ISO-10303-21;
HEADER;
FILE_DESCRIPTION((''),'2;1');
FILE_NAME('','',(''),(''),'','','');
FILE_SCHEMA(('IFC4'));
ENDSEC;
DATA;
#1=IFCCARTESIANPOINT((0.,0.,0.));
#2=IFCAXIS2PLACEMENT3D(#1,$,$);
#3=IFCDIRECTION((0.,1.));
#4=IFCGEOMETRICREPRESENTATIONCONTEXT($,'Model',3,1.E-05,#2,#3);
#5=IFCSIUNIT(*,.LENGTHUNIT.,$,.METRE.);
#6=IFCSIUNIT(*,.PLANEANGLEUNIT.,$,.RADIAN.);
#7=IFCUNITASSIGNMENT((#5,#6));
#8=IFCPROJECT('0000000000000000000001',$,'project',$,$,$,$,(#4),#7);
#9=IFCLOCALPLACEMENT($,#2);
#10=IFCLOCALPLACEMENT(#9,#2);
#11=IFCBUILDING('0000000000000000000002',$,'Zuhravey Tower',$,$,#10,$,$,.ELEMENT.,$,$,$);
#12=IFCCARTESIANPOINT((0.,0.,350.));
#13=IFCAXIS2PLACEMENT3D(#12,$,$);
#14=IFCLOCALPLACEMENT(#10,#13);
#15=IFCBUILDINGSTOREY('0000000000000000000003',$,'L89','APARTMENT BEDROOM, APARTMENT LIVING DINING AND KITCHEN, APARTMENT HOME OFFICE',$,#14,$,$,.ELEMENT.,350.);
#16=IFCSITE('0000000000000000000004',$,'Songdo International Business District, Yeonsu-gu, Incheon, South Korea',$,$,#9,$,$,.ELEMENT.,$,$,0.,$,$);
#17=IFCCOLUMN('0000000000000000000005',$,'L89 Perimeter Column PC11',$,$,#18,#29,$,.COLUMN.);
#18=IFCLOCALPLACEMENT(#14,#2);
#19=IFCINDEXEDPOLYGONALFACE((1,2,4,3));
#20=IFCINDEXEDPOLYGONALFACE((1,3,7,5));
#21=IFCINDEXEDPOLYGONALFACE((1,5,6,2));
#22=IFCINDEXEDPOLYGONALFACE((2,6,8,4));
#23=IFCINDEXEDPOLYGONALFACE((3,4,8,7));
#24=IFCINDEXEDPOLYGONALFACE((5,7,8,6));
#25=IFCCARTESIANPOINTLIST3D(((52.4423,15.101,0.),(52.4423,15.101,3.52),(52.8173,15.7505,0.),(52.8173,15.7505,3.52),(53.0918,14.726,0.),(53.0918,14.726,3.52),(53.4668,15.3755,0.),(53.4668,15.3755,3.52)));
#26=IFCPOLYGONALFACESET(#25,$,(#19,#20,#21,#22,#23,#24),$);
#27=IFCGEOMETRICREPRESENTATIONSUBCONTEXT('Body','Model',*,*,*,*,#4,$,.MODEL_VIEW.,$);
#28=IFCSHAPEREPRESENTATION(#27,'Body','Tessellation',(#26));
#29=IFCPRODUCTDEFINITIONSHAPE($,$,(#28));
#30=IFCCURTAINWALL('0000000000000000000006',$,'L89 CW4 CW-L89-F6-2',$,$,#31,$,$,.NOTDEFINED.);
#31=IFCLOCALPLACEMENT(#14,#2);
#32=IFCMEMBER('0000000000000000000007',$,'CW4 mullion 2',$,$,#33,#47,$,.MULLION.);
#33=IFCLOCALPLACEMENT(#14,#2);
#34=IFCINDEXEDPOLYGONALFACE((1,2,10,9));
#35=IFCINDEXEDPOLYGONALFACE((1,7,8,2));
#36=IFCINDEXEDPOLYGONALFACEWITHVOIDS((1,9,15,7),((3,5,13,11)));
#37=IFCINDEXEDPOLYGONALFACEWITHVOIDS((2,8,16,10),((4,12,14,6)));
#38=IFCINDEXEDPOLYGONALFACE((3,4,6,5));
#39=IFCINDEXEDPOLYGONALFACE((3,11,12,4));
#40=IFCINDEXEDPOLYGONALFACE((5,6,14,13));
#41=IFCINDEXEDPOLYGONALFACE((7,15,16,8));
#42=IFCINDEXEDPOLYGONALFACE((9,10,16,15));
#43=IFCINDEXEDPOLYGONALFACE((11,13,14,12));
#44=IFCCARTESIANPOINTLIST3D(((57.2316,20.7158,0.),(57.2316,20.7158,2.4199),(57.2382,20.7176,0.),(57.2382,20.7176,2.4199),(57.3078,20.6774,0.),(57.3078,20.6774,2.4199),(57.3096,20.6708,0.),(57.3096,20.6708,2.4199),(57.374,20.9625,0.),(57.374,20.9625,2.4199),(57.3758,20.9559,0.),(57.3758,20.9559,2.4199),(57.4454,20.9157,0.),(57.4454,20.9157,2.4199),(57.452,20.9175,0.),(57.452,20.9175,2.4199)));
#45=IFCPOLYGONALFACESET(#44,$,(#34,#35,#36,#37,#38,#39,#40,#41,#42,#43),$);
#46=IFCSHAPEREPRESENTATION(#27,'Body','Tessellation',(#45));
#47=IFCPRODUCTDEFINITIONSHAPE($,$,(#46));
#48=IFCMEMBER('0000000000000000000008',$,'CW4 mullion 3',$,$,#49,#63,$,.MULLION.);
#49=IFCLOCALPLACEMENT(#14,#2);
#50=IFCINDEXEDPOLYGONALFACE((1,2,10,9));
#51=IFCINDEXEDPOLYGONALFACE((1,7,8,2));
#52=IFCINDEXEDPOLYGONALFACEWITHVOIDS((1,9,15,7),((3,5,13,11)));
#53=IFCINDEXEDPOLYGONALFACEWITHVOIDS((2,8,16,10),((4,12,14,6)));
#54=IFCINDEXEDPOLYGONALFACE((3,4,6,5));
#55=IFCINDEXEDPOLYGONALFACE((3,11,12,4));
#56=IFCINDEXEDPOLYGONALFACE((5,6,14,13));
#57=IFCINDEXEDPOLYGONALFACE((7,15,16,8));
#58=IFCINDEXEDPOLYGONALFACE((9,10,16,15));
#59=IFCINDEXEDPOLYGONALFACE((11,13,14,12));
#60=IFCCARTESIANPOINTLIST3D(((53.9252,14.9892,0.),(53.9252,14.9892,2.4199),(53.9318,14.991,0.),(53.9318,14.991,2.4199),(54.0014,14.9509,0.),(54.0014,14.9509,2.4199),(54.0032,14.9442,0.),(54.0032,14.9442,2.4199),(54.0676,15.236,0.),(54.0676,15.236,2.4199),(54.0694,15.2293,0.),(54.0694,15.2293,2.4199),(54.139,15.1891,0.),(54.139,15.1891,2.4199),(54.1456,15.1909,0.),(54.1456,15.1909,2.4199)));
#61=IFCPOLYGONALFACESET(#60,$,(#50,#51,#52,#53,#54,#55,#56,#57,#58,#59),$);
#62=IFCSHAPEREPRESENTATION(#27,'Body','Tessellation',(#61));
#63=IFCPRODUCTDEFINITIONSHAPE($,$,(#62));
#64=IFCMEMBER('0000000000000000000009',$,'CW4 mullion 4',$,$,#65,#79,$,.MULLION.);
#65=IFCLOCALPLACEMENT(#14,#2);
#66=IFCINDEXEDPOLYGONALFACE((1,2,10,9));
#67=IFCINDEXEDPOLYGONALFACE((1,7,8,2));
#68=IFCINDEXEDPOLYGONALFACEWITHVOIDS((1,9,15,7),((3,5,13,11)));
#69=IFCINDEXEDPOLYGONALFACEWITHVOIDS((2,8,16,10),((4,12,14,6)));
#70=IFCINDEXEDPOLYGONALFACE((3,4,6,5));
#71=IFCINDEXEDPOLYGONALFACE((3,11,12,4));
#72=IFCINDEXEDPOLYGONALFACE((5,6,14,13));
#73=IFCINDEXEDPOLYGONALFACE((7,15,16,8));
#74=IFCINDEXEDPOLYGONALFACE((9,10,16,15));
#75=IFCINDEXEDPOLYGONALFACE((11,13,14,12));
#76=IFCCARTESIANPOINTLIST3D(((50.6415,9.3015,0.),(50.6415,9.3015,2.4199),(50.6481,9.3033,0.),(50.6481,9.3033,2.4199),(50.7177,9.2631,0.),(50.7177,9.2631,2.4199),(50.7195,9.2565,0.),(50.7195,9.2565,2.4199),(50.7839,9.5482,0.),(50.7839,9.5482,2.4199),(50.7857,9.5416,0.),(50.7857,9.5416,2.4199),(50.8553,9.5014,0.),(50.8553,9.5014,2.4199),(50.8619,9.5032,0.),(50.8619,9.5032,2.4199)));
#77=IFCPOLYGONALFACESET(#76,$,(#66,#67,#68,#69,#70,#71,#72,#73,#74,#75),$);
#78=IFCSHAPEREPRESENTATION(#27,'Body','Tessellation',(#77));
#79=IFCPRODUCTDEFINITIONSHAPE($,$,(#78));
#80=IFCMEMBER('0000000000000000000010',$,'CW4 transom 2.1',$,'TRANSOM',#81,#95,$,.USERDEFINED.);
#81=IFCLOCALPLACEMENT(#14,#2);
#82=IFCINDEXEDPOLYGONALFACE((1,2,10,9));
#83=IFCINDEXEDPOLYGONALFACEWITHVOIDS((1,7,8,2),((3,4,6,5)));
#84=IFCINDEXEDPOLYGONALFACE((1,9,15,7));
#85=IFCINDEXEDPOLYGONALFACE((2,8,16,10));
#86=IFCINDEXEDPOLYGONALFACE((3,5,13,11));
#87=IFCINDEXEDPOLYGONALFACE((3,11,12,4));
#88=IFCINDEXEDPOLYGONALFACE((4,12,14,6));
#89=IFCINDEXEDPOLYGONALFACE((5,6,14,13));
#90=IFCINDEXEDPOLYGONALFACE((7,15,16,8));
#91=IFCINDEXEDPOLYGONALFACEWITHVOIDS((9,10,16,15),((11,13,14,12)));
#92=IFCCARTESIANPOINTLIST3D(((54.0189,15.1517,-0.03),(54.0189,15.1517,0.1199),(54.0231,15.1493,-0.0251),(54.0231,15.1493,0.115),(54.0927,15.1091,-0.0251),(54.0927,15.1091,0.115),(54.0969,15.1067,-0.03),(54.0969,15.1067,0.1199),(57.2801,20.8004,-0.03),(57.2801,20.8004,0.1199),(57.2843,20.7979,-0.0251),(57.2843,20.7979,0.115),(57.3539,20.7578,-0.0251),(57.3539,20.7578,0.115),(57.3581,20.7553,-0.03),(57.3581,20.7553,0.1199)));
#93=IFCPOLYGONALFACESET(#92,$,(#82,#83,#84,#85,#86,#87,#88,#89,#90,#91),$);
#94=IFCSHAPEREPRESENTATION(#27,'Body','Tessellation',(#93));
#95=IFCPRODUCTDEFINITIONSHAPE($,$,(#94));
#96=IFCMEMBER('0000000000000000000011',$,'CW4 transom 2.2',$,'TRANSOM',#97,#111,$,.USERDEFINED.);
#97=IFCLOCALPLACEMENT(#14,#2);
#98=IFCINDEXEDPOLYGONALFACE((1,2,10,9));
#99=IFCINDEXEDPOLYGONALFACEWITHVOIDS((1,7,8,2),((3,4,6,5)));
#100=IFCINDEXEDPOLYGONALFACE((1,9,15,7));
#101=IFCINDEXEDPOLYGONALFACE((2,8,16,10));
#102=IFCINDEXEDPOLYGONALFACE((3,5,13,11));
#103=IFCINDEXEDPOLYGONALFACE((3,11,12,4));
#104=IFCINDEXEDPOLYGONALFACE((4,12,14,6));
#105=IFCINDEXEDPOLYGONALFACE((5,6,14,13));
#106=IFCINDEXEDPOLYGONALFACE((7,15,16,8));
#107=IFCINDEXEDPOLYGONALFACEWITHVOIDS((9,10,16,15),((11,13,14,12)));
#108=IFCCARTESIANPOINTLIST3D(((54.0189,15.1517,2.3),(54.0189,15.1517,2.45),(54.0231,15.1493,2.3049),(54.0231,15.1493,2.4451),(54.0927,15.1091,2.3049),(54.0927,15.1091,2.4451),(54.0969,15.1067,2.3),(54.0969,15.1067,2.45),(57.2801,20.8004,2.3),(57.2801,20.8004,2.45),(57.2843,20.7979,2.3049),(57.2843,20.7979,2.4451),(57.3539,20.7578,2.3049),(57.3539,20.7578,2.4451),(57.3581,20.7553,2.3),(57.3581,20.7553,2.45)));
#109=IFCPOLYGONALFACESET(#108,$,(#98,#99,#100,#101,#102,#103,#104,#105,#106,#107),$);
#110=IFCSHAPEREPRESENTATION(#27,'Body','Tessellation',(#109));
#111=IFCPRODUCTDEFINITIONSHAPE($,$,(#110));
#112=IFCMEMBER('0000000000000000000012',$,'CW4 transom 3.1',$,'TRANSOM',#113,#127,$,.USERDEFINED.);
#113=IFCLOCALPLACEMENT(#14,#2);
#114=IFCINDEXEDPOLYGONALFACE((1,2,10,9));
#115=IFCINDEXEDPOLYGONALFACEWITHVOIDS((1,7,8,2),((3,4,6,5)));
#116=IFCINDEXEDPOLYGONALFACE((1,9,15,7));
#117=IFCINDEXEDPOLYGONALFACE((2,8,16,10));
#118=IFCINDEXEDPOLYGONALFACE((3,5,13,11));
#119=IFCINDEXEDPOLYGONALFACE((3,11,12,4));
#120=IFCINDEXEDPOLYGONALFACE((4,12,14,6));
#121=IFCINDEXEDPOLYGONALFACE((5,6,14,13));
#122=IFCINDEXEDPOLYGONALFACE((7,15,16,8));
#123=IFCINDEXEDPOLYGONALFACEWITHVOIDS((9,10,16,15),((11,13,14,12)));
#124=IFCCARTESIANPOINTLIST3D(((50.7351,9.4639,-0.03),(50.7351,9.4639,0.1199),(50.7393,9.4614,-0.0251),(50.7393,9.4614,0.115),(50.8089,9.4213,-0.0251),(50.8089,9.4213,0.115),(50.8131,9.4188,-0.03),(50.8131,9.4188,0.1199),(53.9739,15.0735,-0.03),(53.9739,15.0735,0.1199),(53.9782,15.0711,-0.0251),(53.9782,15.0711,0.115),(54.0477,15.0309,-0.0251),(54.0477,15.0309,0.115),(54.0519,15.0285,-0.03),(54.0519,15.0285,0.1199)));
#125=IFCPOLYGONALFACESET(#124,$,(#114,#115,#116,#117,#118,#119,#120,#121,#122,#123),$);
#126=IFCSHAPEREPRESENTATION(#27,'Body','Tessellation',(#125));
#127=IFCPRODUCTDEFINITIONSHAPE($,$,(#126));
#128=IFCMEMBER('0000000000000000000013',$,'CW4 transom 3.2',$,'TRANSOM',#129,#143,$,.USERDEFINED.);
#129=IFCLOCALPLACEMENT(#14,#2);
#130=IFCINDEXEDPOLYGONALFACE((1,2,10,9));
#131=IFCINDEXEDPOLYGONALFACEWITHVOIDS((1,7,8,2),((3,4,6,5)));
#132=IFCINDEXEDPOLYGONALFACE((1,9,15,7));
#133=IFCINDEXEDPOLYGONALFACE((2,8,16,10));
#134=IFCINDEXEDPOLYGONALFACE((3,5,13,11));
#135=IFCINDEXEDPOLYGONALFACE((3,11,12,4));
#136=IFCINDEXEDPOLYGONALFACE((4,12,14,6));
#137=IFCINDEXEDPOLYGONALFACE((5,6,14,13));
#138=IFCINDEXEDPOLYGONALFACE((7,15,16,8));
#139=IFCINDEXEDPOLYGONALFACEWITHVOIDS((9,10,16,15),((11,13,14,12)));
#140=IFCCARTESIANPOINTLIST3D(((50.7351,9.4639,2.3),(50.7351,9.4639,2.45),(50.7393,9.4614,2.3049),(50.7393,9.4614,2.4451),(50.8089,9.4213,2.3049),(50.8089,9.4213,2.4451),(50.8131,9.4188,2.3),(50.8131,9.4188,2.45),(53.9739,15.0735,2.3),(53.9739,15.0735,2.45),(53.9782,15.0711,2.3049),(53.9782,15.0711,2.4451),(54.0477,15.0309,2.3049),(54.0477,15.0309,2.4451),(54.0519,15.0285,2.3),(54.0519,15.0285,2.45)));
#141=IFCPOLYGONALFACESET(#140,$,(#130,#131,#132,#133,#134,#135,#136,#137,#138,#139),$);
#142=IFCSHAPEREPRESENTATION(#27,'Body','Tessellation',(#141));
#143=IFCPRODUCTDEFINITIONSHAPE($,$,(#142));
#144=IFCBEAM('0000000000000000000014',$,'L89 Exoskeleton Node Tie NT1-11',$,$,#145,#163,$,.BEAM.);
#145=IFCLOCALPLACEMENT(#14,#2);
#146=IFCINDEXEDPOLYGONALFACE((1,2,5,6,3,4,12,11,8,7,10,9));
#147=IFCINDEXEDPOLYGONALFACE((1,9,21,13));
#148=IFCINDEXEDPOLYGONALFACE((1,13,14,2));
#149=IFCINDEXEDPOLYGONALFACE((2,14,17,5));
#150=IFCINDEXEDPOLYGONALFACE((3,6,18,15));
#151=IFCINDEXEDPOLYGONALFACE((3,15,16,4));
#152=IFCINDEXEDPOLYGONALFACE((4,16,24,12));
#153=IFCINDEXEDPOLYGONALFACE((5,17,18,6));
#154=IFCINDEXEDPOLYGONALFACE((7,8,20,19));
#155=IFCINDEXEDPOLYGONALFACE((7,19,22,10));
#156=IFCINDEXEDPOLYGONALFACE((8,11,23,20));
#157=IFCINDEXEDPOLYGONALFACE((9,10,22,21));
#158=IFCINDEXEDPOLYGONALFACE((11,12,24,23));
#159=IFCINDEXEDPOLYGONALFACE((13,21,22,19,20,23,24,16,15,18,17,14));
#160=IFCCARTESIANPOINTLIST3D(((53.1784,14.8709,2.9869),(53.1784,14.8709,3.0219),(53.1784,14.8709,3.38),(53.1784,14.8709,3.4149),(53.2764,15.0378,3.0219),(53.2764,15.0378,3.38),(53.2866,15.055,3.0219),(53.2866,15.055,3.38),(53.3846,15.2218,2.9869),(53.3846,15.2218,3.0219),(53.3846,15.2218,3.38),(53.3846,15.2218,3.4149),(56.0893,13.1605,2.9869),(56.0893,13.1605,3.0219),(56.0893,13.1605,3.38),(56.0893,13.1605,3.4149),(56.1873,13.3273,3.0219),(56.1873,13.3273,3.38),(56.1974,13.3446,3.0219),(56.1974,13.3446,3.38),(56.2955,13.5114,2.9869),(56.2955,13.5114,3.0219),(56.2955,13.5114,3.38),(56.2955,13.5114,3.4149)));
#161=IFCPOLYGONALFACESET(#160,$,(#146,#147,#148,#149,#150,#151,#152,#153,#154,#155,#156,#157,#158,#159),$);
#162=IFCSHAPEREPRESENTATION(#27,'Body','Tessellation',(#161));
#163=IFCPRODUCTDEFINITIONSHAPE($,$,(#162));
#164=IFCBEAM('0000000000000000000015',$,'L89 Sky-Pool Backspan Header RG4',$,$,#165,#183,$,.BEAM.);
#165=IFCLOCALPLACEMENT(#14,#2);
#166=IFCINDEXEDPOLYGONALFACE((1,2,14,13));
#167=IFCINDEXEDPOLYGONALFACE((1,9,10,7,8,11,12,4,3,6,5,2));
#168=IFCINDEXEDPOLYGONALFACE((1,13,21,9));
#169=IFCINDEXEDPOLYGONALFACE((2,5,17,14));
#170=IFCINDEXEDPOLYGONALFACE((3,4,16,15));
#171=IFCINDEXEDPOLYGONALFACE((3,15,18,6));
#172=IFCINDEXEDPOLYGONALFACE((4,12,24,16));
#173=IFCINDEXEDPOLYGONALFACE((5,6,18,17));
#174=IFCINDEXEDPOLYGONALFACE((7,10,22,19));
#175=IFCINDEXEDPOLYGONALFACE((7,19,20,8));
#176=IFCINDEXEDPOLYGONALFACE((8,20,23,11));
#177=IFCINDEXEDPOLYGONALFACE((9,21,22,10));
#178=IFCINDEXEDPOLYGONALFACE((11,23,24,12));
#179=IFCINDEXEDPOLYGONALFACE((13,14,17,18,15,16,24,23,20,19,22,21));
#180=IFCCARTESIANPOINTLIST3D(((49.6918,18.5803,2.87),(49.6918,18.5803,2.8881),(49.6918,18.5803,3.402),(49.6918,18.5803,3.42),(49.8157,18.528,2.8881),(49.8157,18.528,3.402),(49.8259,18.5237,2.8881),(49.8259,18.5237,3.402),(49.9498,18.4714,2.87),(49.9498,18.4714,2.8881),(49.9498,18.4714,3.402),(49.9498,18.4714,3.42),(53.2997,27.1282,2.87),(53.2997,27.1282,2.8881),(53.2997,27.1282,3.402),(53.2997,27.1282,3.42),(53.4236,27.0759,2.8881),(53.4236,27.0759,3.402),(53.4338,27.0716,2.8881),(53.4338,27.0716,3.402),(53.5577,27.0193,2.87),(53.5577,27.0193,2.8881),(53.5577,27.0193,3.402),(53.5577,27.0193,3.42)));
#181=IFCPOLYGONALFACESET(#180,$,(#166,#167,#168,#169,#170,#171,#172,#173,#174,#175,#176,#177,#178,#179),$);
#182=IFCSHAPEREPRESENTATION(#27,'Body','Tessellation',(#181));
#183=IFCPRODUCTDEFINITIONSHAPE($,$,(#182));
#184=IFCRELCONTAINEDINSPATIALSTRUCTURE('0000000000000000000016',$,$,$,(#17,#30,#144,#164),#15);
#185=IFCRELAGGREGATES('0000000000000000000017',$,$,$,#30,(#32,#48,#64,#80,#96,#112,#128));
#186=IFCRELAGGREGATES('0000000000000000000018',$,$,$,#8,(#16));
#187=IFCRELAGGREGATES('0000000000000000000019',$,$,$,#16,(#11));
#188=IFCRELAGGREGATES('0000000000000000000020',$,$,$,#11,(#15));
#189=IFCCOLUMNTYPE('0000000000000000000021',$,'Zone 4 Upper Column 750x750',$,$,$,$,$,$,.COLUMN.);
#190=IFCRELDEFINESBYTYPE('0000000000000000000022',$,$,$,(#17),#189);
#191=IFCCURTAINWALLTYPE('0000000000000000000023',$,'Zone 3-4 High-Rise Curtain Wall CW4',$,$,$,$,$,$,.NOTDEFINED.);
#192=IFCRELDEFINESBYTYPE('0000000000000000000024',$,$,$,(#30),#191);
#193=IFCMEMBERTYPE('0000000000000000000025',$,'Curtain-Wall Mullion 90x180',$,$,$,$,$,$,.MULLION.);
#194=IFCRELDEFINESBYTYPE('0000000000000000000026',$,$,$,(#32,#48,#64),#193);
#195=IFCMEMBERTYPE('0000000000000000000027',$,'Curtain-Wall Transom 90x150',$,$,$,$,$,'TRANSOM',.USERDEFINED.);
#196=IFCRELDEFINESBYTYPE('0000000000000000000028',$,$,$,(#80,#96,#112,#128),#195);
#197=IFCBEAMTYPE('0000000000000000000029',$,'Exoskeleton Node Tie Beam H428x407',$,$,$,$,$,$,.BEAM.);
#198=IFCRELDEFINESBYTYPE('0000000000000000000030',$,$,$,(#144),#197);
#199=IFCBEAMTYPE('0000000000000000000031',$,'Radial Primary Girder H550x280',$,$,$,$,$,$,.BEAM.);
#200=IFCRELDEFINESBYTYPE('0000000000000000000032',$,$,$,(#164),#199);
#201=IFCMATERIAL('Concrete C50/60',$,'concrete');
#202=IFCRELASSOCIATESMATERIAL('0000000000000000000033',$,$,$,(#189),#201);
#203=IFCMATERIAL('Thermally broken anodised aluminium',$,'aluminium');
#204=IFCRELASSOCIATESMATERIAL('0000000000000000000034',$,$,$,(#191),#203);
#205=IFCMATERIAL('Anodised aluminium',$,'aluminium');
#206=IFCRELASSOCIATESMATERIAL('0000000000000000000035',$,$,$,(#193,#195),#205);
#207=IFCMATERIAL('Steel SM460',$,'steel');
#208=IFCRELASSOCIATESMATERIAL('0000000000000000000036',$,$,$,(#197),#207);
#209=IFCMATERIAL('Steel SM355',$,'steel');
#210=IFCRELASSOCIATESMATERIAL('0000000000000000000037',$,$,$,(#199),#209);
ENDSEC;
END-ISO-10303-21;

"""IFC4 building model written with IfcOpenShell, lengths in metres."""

from ifc_helpers import new_model, si_unit, direction, frame, origin, origin_2d, place, context, subcontext, project, spatial, rectangle, hollow_rectangle, i_section, extrude, material, material_profile, profile_set, type_object, element, aggregate, save


model = new_model("IFC4")

# Units and contexts
model_context = context("Model", 3, precision=1e-05, world=origin(), true_north=direction((0.0, 1.0)))
body_context = subcontext(model_context, "Body", "Model", "MODEL_VIEW")
ifc_project = project(units=[si_unit("LENGTHUNIT", "METRE"), si_unit("PLANEANGLEUNIT", "RADIAN")], contexts=[model_context])

# Site, building, storey
site_placement = place(None, origin())
site = spatial("IfcSite", under=ifc_project, at=site_placement, Name="Songdo International Business District, Yeonsu-gu, Incheon, South Korea", CompositionType="ELEMENT", RefElevation=0.0)
building_placement = place(site_placement, origin())
building = spatial("IfcBuilding", under=site, at=building_placement, Name="Zuhravey Tower", CompositionType="ELEMENT")
storey_placement = place(building_placement, frame((0.0, 0.0, 350.0)))
storey = spatial("IfcBuildingStorey", under=building, at=storey_placement, Name="L89", Description="APARTMENT BEDROOM, APARTMENT LIVING DINING AND KITCHEN, APARTMENT HOME OFFICE", CompositionType="ELEMENT", Elevation=350.0)

# Column
ifc_material_1 = material(Name="Concrete C50/60", Category="concrete")
ifc_material_profile_1 = material_profile(ifc_material_1, rectangle(XDim=0.75, YDim=0.75, at=origin_2d()), Name="RC-750x750")
ifc_profile_set_1 = profile_set([ifc_material_profile_1], Name="Concrete C50/60")
column_type = type_object("IfcColumnType", Name="Zone 4 Upper Column 750x750", PredefinedType="COLUMN", material=ifc_profile_set_1)
column_placement = place(storey_placement, frame((52.9546, 15.2383, 0.0), z_axis=(0.0, 0.0, 1.0), x_axis=(0.5, 0.866025, 0.0)))
element("IfcColumn", 1, at=column_placement, inside=storey, type_object=column_type, Name="L89 Perimeter Column PC11", PredefinedType="COLUMN", context=body_context, shape_type="SweptSolid", body=[
    extrude(rectangle(XDim=0.75, YDim=0.75, at=origin_2d()), origin(), (0.0, 0.0, 1.0), 3.52),
])

# Curtain wall, members
ifc_material_2 = material(Name="Thermally broken anodised aluminium", Category="aluminium")
curtain_wall_type = type_object("IfcCurtainWallType", Name="Zone 3-4 High-Rise Curtain Wall CW4", PredefinedType="NOTDEFINED", material=ifc_material_2)
curtain_wall_placement = place(storey_placement, origin())
curtain_wall = element("IfcCurtainWall", 2, at=curtain_wall_placement, inside=storey, type_object=curtain_wall_type, Name="L89 CW4 CW-L89-F6-2", PredefinedType="NOTDEFINED")
ifc_material_3 = material(Name="Anodised aluminium", Category="aluminium")
ifc_material_profile_2 = material_profile(ifc_material_3, hollow_rectangle(XDim=0.0901, YDim=0.2849, WallThickness=0.0049, at=origin_2d()), Name="ALU-RHS-90x285x5")
ifc_profile_set_2 = profile_set([ifc_material_profile_2], Name="Anodised aluminium")
member_type_1 = type_object("IfcMemberType", Name="Curtain-Wall Mullion 90x180", PredefinedType="MULLION", material=ifc_profile_set_2)
member_1_placement = place(storey_placement, frame((57.3418, 20.8167, 0.0), z_axis=(0.0, 0.0, 1.0), x_axis=(0.866025, -0.500001, 0.0)))
member_1 = element("IfcMember", 3, at=member_1_placement, type_object=member_type_1, Name="CW4 mullion 2", PredefinedType="MULLION", context=body_context, shape_type="SweptSolid", body=[
    extrude(hollow_rectangle(XDim=0.0901, YDim=0.2849, WallThickness=0.0049, at=origin_2d()), origin(), (0.0, 0.0, 1.0), 2.4199),
])
member_2_placement = place(storey_placement, frame((54.0354, 15.0901, 0.0), z_axis=(0.0, 0.0, 1.0), x_axis=(0.866025, -0.500001, 0.0)))
member_2 = element("IfcMember", 4, at=member_2_placement, type_object=member_type_1, Name="CW4 mullion 3", PredefinedType="MULLION", context=body_context, shape_type="SweptSolid", body=[
    extrude(hollow_rectangle(XDim=0.0901, YDim=0.2849, WallThickness=0.0049, at=origin_2d()), origin(), (0.0, 0.0, 1.0), 2.4199),
])
member_3_placement = place(storey_placement, frame((50.7517, 9.4023, 0.0), z_axis=(0.0, 0.0, 1.0), x_axis=(0.866025, -0.500001, 0.0)))
member_3 = element("IfcMember", 5, at=member_3_placement, type_object=member_type_1, Name="CW4 mullion 4", PredefinedType="MULLION", context=body_context, shape_type="SweptSolid", body=[
    extrude(hollow_rectangle(XDim=0.0901, YDim=0.2849, WallThickness=0.0049, at=origin_2d()), origin(), (0.0, 0.0, 1.0), 2.4199),
])
ifc_material_profile_3 = material_profile(ifc_material_3, hollow_rectangle(XDim=0.0901, YDim=0.1499, WallThickness=0.0049, at=origin_2d()), Name="ALU-RHS-90x150x5")
ifc_profile_set_3 = profile_set([ifc_material_profile_3], Name="Anodised aluminium")
member_type_2 = type_object("IfcMemberType", Name="Curtain-Wall Transom 90x150", ElementType="TRANSOM", PredefinedType="USERDEFINED", material=ifc_profile_set_3)
member_4_placement = place(storey_placement, frame((57.3191, 20.7778, 0.0449), z_axis=(-0.499996, -0.866028, 0.0), x_axis=(0.866028, -0.499996, 0.0)))
member_4 = element("IfcMember", 6, at=member_4_placement, type_object=member_type_2, Name="CW4 transom 2.1", ObjectType="TRANSOM", PredefinedType="USERDEFINED", context=body_context, shape_type="SweptSolid", body=[
    extrude(hollow_rectangle(XDim=0.0901, YDim=0.1499, WallThickness=0.0049, at=origin_2d()), origin(), (0.0, 0.0, 1.0), 6.5225),
])
member_5_placement = place(storey_placement, frame((57.3191, 20.7778, 2.375), z_axis=(-0.499996, -0.866028, 0.0), x_axis=(0.866028, -0.499996, 0.0)))
member_5 = element("IfcMember", 7, at=member_5_placement, type_object=member_type_2, Name="CW4 transom 2.2", ObjectType="TRANSOM", PredefinedType="USERDEFINED", context=body_context, shape_type="SweptSolid", body=[
    extrude(hollow_rectangle(XDim=0.0901, YDim=0.1499, WallThickness=0.0049, at=origin_2d()), origin(), (0.0, 0.0, 1.0), 6.5225),
])
member_6_placement = place(storey_placement, frame((54.0129, 15.051, 0.0449), z_axis=(-0.500006, -0.866022, 0.0), x_axis=(0.866022, -0.500006, 0.0)))
member_6 = element("IfcMember", 8, at=member_6_placement, type_object=member_type_2, Name="CW4 transom 3.1", ObjectType="TRANSOM", PredefinedType="USERDEFINED", context=body_context, shape_type="SweptSolid", body=[
    extrude(hollow_rectangle(XDim=0.0901, YDim=0.1499, WallThickness=0.0049, at=origin_2d()), origin(), (0.0, 0.0, 1.0), 6.4775),
])
member_7_placement = place(storey_placement, frame((54.0129, 15.051, 2.375), z_axis=(-0.500006, -0.866022, 0.0), x_axis=(0.866022, -0.500006, 0.0)))
member_7 = element("IfcMember", 9, at=member_7_placement, type_object=member_type_2, Name="CW4 transom 3.2", ObjectType="TRANSOM", PredefinedType="USERDEFINED", context=body_context, shape_type="SweptSolid", body=[
    extrude(hollow_rectangle(XDim=0.0901, YDim=0.1499, WallThickness=0.0049, at=origin_2d()), origin(), (0.0, 0.0, 1.0), 6.4775),
])

# Beams
ifc_material_4 = material(Name="Steel SM460", Category="steel")
ifc_material_profile_4 = material_profile(ifc_material_4, i_section(OverallWidth=0.407, OverallDepth=0.428, WebThickness=0.02, FlangeThickness=0.0349, at=origin_2d()), Name="H-428x407x20x35")
ifc_profile_set_4 = profile_set([ifc_material_profile_4], Name="Steel SM460")
beam_type_1 = type_object("IfcBeamType", Name="Exoskeleton Node Tie Beam H428x407", PredefinedType="BEAM", material=ifc_profile_set_4)
beam_1_placement = place(storey_placement, frame((53.2815, 15.0464, 3.2009), z_axis=(0.862172, -0.506616, 0.0), x_axis=(0.506616, 0.862172, 0.0)))
element("IfcBeam", 10, at=beam_1_placement, inside=storey, type_object=beam_type_1, Name="L89 Exoskeleton Node Tie NT1-11", PredefinedType="BEAM", context=body_context, shape_type="SweptSolid", body=[
    extrude(i_section(OverallWidth=0.407, OverallDepth=0.428, WebThickness=0.02, FlangeThickness=0.0349, at=origin_2d()), origin(), (0.0, 0.0, 1.0), 3.3762),
])
ifc_material_5 = material(Name="Steel SM355", Category="steel")
ifc_material_profile_5 = material_profile(ifc_material_5, i_section(OverallWidth=0.28, OverallDepth=0.55, WebThickness=0.011, FlangeThickness=0.0181, at=origin_2d()), Name="H-550x280x11x18")
ifc_profile_set_5 = profile_set([ifc_material_profile_5], Name="Steel SM355")
beam_type_2 = type_object("IfcBeamType", Name="Radial Primary Girder H550x280", PredefinedType="BEAM", material=ifc_profile_set_5)
beam_2_placement = place(storey_placement, frame((49.8208, 18.5259, 3.145), z_axis=(0.388864, 0.921295, 0.0), x_axis=(-0.921295, 0.388864, 0.0)))
element("IfcBeam", 11, at=beam_2_placement, inside=storey, type_object=beam_type_2, Name="L89 Sky-Pool Backspan Header RG4", PredefinedType="BEAM", context=body_context, shape_type="SweptSolid", body=[
    extrude(i_section(OverallWidth=0.28, OverallDepth=0.55, WebThickness=0.011, FlangeThickness=0.0181, at=origin_2d()), origin(), (0.0, 0.0, 1.0), 9.2781),
])

aggregate(curtain_wall, [member_1, member_2, member_3, member_4, member_5, member_6, member_7])

save(model, "model.ifc")
